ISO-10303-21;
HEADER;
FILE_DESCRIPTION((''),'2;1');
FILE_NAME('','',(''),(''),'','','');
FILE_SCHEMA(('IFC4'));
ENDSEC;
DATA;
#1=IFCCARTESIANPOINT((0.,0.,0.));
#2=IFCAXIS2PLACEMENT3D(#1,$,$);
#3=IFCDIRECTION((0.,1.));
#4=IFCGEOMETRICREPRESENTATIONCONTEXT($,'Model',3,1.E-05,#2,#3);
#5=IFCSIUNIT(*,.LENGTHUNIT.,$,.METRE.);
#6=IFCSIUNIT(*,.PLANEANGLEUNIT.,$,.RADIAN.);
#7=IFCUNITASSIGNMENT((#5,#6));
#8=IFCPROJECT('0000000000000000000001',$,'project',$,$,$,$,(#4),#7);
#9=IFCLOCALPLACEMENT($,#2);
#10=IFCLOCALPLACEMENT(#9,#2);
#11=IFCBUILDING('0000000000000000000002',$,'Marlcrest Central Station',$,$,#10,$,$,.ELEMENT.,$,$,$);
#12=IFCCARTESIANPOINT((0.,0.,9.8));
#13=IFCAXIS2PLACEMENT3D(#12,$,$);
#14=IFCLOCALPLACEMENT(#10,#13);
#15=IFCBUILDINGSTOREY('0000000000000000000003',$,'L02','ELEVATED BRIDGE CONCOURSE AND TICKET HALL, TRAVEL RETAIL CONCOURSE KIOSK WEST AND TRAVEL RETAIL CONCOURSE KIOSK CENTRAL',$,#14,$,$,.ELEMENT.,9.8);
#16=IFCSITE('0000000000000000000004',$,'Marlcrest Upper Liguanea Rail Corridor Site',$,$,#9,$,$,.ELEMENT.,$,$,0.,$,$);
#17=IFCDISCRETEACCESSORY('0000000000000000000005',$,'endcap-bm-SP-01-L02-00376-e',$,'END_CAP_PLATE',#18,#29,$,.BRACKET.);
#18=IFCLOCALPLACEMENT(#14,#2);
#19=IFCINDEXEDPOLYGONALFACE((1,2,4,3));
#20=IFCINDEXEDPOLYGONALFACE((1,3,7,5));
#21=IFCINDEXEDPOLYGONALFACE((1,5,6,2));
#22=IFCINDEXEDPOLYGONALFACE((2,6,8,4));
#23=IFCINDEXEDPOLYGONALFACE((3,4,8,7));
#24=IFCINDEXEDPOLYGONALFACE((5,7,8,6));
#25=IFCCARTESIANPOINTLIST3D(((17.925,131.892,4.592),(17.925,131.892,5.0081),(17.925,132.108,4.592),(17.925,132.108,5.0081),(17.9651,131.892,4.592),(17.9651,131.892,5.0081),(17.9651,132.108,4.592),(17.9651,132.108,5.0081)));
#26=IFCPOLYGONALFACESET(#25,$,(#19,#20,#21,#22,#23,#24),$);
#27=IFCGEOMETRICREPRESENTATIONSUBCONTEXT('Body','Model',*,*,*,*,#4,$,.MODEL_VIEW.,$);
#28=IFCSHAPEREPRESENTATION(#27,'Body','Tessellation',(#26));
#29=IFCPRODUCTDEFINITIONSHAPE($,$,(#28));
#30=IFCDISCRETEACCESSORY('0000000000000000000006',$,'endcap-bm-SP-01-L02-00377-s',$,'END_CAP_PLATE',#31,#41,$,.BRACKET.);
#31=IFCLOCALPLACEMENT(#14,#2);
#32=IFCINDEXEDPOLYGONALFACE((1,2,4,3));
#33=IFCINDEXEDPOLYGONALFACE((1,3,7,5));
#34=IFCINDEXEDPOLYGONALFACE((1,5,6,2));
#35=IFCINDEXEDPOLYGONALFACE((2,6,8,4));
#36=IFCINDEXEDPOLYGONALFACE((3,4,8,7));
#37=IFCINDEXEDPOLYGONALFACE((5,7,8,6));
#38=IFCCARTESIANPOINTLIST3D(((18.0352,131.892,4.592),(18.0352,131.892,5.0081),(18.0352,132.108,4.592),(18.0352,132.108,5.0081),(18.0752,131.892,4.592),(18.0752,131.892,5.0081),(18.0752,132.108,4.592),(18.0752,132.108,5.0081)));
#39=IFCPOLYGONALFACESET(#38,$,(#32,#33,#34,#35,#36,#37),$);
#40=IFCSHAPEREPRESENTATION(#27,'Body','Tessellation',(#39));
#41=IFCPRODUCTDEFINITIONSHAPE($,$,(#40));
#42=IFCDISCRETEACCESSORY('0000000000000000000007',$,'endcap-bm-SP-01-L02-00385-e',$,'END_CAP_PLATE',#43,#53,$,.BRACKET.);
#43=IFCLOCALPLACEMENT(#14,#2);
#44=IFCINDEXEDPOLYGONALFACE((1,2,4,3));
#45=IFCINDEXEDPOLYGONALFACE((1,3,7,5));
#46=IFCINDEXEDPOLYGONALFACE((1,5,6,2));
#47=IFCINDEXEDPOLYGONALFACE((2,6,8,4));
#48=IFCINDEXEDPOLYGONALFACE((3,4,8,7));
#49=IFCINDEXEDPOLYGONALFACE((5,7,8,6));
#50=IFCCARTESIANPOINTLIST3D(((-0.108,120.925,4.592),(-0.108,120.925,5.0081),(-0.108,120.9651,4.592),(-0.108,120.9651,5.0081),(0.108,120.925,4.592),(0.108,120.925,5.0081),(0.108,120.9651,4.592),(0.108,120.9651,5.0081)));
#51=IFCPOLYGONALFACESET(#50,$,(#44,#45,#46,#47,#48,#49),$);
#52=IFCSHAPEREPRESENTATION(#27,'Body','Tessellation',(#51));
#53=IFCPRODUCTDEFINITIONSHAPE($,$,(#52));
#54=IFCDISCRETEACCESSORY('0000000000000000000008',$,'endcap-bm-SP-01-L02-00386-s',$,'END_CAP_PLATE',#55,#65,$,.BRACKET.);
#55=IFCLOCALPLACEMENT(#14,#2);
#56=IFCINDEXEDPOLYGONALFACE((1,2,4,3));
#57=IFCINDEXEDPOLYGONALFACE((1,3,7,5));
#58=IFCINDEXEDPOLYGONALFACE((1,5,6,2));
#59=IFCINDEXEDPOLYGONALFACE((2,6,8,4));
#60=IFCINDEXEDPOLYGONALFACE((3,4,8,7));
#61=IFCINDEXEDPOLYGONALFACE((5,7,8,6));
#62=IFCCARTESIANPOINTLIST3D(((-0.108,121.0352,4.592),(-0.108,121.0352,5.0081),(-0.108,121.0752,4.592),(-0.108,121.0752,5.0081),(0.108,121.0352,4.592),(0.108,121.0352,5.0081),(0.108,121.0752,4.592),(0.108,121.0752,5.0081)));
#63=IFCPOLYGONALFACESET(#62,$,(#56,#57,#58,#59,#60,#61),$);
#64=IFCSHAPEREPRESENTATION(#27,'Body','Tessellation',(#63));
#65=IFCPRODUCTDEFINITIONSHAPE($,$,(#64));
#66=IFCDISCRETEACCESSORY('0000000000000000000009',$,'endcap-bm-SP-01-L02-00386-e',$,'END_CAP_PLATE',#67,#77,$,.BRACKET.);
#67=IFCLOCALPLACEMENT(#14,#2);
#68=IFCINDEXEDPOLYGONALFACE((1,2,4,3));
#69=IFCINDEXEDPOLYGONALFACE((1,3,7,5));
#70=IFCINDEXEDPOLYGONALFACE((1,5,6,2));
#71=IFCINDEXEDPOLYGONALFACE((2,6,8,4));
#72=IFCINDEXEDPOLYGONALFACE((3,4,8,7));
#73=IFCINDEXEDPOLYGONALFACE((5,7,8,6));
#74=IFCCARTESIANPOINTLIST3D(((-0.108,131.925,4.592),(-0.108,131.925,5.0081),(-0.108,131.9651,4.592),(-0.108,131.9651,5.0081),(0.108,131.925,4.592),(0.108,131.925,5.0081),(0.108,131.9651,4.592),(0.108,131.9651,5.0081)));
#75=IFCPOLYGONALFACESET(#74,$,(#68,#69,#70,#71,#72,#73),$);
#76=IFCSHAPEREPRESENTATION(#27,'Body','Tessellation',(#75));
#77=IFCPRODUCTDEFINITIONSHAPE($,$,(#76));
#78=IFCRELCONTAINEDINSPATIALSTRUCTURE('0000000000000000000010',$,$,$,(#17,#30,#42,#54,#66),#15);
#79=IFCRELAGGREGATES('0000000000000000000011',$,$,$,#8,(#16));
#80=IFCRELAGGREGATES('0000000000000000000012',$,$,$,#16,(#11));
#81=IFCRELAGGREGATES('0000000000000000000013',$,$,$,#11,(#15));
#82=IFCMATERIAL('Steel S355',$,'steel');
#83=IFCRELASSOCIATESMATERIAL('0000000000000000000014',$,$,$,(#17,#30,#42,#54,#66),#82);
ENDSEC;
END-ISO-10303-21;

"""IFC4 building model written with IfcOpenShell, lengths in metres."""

from ifc_helpers import new_model, si_unit, direction, frame, origin, origin_2d, place, context, subcontext, project, spatial, rectangle, extrude, material, element, save


model = new_model("IFC4")

# Units and contexts
model_context = context("Model", 3, precision=1e-05, world=origin(), true_north=direction((0.0, 1.0)))
body_context = subcontext(model_context, "Body", "Model", "MODEL_VIEW")
ifc_project = project(units=[si_unit("LENGTHUNIT", "METRE"), si_unit("PLANEANGLEUNIT", "RADIAN")], contexts=[model_context])

# Site, building, storey
site_placement = place(None, origin())
site = spatial("IfcSite", under=ifc_project, at=site_placement, Name="Marlcrest Upper Liguanea Rail Corridor Site", CompositionType="ELEMENT", RefElevation=0.0)
building_placement = place(site_placement, origin())
building = spatial("IfcBuilding", under=site, at=building_placement, Name="Marlcrest Central Station", CompositionType="ELEMENT")
storey_placement = place(building_placement, frame((0.0, 0.0, 9.8)))
storey = spatial("IfcBuildingStorey", under=building, at=storey_placement, Name="L02", Description="ELEVATED BRIDGE CONCOURSE AND TICKET HALL, TRAVEL RETAIL CONCOURSE KIOSK WEST AND TRAVEL RETAIL CONCOURSE KIOSK CENTRAL", CompositionType="ELEMENT", Elevation=9.8)

# Shared definitions
ifc_material_1 = material(Name="Steel S355", Category="steel")

# Discrete accessories
for number, where, z_axis, x_axis, name in (
    (1, (17.925, 132.0, 4.8), (1.0, 0.0, 0.0), (0.0, 1.0, 0.0), "endcap-bm-SP-01-L02-00376-e"),
    (2, (18.0352, 132.0, 4.8), (1.0, 0.0, 0.0), (0.0, 1.0, 0.0), "endcap-bm-SP-01-L02-00377-s"),
    (3, (0.0, 120.925, 4.8), (0.0, 1.0, 0.0), (-1.0, 0.0, 0.0), "endcap-bm-SP-01-L02-00385-e"),
    (4, (0.0, 121.0352, 4.8), (0.0, 1.0, 0.0), (-1.0, 0.0, 0.0), "endcap-bm-SP-01-L02-00386-s"),
    (5, (0.0, 131.925, 4.8), (0.0, 1.0, 0.0), (-1.0, 0.0, 0.0), "endcap-bm-SP-01-L02-00386-e"),
):
    element("IfcDiscreteAccessory", number, at=place(storey_placement, frame(where, z_axis=z_axis, x_axis=x_axis)), inside=storey, material=ifc_material_1, Name=name, ObjectType="END_CAP_PLATE", PredefinedType="BRACKET", context=body_context, shape_type="SweptSolid", body=[
        extrude(rectangle(XDim=0.2161, YDim=0.416, at=origin_2d()), origin(), (0.0, 0.0, 1.0), 0.04),
    ])

save(model, "model.ifc")
